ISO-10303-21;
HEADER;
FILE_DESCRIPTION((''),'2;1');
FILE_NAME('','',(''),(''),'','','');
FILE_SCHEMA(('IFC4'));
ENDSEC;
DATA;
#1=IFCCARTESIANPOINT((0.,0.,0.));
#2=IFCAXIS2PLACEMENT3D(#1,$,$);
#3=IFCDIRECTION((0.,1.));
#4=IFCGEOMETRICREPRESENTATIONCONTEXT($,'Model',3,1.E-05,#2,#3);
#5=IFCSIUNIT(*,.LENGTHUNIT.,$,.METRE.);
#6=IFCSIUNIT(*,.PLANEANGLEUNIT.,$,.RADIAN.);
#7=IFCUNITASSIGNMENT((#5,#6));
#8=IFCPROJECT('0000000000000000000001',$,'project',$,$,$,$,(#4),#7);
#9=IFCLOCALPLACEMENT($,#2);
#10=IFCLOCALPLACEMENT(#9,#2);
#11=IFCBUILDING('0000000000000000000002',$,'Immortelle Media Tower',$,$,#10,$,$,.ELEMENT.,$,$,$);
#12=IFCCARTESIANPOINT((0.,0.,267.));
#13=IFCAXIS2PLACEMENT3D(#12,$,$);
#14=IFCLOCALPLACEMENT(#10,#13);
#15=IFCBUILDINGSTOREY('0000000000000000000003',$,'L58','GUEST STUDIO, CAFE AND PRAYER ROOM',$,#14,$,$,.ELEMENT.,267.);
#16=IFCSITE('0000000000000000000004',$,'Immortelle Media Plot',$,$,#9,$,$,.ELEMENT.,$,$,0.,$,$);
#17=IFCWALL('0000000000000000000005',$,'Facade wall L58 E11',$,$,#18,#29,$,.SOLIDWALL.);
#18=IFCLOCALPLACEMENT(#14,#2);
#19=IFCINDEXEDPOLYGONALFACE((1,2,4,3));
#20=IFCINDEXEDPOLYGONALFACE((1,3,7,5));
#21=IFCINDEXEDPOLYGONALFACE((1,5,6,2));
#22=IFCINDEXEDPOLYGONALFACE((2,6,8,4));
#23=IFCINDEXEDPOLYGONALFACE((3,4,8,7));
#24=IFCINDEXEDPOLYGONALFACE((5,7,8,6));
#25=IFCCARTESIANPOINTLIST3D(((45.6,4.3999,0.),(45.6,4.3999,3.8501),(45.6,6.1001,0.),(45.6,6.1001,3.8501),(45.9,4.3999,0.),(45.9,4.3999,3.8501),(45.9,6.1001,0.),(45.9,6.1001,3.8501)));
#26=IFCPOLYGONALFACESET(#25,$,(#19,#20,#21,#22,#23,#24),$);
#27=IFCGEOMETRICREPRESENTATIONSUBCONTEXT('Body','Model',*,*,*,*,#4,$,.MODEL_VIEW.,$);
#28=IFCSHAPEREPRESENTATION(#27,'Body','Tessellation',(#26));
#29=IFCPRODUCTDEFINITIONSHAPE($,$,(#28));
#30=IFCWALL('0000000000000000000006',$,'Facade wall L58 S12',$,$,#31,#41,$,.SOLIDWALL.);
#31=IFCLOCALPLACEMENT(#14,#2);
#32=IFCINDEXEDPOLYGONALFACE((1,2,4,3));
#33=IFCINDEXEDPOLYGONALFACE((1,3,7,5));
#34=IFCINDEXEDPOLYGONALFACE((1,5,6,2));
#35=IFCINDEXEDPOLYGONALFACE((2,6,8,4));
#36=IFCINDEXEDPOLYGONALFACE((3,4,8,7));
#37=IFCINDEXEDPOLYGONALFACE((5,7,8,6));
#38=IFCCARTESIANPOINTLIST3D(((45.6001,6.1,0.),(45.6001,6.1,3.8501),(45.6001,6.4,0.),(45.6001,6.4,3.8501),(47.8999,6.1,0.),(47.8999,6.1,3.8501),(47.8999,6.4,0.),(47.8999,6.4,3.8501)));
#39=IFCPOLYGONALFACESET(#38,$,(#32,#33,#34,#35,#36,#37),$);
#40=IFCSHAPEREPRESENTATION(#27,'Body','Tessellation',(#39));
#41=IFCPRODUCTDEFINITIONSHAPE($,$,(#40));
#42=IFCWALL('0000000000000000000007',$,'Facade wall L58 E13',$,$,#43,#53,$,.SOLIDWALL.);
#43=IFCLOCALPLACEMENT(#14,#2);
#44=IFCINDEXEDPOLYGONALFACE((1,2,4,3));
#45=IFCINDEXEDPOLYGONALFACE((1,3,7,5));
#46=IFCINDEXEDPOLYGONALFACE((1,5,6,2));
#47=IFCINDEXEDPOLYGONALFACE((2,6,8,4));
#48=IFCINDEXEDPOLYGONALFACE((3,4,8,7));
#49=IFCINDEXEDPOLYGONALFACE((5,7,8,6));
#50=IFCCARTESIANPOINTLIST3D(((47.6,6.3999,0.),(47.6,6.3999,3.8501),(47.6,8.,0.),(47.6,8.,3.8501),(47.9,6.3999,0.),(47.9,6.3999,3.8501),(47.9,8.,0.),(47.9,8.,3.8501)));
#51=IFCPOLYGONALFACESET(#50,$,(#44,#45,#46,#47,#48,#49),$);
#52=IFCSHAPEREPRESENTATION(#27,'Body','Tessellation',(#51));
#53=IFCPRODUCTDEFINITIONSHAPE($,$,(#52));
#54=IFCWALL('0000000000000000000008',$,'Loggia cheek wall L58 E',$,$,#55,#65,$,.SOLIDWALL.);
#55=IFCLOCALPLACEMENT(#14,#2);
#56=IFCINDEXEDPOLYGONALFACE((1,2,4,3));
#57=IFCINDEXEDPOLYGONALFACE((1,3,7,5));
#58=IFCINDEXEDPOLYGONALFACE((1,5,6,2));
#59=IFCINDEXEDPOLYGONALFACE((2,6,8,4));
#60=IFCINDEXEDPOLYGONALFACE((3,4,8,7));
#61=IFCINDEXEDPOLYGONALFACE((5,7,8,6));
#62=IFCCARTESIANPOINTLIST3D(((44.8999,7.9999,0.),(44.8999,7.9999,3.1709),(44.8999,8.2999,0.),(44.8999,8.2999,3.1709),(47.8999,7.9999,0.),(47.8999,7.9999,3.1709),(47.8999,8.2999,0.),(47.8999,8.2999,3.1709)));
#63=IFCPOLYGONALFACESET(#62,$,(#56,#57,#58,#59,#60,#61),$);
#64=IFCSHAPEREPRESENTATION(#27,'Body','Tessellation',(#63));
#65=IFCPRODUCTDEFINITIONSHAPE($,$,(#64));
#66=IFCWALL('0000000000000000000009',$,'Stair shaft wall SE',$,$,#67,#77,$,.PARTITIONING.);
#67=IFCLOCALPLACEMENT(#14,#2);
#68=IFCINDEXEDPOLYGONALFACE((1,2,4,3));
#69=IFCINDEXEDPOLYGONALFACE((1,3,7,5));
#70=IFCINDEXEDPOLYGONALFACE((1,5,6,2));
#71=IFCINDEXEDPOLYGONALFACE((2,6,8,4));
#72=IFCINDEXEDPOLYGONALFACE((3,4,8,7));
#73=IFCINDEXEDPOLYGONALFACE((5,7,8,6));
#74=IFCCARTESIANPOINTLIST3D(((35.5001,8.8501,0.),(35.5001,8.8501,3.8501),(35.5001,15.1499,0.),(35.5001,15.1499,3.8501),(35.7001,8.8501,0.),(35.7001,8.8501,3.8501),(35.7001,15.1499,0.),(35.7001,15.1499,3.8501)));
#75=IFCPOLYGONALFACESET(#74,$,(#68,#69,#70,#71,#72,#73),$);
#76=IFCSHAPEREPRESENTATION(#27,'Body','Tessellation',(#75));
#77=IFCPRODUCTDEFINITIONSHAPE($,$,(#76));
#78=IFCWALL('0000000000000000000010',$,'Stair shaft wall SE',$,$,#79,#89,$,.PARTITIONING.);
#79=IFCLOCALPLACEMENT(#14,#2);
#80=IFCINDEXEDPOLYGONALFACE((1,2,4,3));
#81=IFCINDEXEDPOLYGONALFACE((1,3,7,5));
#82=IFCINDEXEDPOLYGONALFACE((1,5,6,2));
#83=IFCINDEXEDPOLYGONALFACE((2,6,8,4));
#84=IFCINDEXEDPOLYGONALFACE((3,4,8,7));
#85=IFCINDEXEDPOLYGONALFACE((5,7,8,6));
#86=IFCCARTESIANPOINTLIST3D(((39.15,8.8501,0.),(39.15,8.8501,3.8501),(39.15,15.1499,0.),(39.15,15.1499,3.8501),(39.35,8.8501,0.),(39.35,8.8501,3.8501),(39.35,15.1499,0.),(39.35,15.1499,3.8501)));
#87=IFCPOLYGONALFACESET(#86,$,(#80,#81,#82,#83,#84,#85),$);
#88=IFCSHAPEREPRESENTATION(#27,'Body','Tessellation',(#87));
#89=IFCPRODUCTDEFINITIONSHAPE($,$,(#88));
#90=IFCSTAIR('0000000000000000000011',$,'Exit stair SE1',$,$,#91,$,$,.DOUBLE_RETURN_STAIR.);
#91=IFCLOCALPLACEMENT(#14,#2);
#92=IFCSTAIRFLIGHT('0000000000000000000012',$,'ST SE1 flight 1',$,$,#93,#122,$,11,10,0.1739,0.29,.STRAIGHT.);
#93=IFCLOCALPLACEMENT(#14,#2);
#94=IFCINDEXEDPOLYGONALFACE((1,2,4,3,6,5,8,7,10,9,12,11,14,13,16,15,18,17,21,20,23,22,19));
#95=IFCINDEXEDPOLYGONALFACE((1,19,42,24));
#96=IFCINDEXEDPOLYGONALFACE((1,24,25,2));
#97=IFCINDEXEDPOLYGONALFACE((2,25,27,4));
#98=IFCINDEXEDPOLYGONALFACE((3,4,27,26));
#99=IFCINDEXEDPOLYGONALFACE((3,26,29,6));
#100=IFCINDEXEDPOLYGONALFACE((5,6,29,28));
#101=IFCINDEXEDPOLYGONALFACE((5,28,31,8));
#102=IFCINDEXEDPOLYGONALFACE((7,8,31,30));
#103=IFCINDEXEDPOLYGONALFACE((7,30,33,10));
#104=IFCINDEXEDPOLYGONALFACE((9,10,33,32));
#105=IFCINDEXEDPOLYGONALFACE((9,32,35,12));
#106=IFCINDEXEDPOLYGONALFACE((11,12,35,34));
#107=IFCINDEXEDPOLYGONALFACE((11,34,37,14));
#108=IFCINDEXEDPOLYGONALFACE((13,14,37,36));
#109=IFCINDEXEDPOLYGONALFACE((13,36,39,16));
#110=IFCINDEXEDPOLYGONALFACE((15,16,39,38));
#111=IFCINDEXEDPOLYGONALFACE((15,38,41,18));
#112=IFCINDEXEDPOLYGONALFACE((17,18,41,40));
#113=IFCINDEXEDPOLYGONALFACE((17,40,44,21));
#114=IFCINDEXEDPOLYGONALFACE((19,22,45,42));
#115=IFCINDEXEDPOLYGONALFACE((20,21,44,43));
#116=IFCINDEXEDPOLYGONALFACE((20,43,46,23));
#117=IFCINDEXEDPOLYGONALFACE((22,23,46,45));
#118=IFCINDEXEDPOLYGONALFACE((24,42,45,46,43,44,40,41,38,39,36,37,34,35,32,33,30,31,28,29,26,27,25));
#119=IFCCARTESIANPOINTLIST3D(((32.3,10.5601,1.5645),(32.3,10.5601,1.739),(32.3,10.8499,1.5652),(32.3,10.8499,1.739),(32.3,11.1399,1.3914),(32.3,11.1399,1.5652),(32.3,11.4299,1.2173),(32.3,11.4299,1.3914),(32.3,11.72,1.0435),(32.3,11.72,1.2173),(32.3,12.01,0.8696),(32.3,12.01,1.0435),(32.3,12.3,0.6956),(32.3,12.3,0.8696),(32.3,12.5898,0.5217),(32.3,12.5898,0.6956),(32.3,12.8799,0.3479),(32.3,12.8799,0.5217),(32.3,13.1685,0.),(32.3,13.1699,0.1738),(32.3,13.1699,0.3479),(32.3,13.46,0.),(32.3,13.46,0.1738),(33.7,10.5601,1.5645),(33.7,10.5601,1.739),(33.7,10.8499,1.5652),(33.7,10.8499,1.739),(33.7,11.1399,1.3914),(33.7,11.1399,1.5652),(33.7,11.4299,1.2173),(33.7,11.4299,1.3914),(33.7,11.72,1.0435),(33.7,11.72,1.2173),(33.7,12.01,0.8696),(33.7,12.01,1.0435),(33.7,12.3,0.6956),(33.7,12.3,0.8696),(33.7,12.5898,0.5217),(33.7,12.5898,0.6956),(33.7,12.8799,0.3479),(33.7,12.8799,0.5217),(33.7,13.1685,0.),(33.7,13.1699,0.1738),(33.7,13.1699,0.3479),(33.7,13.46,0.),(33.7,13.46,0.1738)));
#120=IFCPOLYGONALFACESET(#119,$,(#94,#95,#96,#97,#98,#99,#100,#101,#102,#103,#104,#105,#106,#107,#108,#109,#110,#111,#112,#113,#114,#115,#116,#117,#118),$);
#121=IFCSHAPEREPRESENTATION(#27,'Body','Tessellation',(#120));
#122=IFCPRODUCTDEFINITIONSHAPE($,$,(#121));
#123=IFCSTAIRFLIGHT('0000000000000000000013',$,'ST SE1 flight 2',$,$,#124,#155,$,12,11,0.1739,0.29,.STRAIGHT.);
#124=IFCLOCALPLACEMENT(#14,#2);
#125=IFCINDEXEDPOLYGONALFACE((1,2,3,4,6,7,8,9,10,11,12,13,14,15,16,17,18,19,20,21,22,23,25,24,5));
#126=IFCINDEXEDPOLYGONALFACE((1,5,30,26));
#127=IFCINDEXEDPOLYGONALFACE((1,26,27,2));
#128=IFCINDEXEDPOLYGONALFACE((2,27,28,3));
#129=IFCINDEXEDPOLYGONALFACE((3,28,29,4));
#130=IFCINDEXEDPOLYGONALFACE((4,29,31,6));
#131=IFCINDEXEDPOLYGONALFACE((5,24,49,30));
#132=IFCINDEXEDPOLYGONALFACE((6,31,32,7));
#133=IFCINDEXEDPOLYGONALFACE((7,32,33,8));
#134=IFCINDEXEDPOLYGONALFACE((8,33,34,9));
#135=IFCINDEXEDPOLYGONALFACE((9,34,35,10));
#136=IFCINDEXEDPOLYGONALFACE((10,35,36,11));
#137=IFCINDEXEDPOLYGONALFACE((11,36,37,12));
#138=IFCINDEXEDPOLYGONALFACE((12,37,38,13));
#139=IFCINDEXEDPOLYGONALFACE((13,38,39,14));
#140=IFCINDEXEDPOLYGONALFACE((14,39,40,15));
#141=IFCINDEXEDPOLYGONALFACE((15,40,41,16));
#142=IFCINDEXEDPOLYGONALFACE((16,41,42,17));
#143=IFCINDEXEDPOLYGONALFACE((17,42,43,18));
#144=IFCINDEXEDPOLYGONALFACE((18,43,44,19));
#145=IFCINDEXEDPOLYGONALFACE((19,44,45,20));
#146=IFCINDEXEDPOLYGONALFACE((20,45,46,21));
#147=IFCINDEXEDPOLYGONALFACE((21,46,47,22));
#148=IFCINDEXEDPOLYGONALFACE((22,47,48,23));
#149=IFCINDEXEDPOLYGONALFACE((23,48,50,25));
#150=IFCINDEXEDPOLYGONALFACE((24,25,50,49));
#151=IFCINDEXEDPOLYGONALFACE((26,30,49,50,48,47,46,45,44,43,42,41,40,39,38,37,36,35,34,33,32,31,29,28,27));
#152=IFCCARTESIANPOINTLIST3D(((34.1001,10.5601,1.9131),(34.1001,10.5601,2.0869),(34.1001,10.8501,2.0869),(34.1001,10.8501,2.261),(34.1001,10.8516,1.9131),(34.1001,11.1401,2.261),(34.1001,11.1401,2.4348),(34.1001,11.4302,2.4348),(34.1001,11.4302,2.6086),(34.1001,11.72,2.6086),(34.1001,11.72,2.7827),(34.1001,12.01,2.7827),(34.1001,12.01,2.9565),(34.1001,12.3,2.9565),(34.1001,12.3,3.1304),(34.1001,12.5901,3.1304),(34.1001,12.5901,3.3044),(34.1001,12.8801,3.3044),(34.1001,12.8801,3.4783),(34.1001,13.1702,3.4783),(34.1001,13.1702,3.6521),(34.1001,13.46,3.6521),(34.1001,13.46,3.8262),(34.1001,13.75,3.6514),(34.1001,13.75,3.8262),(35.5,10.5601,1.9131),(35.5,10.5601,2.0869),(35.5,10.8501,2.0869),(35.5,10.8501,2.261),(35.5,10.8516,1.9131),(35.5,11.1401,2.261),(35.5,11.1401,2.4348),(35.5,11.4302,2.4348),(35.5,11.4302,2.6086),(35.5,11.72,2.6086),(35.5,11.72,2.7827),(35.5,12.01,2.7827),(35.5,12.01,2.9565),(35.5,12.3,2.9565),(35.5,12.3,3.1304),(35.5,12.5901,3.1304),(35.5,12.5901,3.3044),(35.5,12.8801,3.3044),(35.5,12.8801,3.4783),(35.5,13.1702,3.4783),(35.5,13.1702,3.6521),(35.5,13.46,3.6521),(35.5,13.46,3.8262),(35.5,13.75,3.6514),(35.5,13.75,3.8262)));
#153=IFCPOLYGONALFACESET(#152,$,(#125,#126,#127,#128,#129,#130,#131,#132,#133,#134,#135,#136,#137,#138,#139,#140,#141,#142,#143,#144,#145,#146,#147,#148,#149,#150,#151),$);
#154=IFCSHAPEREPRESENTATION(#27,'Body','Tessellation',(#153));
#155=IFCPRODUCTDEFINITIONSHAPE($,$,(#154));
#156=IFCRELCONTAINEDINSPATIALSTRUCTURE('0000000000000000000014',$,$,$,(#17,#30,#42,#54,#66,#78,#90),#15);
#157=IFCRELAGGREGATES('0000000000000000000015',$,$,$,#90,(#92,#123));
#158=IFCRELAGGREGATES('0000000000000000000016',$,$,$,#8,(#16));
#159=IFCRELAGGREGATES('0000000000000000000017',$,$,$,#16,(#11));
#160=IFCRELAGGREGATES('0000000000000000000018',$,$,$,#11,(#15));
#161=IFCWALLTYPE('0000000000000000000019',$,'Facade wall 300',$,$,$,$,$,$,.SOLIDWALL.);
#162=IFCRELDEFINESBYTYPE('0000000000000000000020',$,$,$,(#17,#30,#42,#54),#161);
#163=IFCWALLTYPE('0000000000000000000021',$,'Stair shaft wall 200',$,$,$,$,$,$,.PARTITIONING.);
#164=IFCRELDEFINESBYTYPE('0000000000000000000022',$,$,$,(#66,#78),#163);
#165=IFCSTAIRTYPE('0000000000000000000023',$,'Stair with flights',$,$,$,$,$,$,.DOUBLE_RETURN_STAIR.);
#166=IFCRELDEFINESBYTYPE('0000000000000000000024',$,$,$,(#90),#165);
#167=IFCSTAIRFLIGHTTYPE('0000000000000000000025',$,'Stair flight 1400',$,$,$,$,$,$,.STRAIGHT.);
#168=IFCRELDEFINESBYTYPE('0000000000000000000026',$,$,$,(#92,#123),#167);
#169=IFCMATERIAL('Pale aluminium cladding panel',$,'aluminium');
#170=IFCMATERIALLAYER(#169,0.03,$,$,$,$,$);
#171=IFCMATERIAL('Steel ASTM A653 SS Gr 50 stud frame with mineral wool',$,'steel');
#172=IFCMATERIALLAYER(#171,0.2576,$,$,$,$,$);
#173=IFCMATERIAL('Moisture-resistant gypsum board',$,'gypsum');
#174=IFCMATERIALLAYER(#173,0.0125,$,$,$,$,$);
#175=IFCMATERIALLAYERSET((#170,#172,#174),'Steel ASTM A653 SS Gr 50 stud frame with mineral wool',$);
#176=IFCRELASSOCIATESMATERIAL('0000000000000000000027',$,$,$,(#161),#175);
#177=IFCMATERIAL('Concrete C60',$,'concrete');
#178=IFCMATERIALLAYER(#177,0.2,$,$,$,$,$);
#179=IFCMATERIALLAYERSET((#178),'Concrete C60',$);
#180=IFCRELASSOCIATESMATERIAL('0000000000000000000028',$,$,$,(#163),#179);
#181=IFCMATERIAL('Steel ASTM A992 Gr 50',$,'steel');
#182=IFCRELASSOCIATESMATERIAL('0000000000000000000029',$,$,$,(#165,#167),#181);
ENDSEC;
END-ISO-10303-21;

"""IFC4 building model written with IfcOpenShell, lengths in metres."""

from ifc_helpers import new_model, si_unit, direction, frame, frame_2d, origin, place, context, subcontext, project, spatial, polyline, rectangle, outline, extrude, material, layer, layer_set, type_object, element, aggregate, save


model = new_model("IFC4")

# Units and contexts
model_context = context("Model", 3, precision=1e-05, world=origin(), true_north=direction((0.0, 1.0)))
body_context = subcontext(model_context, "Body", "Model", "MODEL_VIEW")
ifc_project = project(units=[si_unit("LENGTHUNIT", "METRE"), si_unit("PLANEANGLEUNIT", "RADIAN")], contexts=[model_context])

# Site, building, storey
site_placement = place(None, origin())
site = spatial("IfcSite", under=ifc_project, at=site_placement, Name="Immortelle Media Plot", CompositionType="ELEMENT", RefElevation=0.0)
building_placement = place(site_placement, origin())
building = spatial("IfcBuilding", under=site, at=building_placement, Name="Immortelle Media Tower", CompositionType="ELEMENT")
storey_placement = place(building_placement, frame((0.0, 0.0, 267.0)))
storey = spatial("IfcBuildingStorey", under=building, at=storey_placement, Name="L58", Description="GUEST STUDIO, CAFE AND PRAYER ROOM", CompositionType="ELEMENT", Elevation=267.0)

# Shared definitions
ifc_material_1 = material(Name="Steel ASTM A992 Gr 50", Category="steel")

# Walls
ifc_material_2 = material(Name="Pale aluminium cladding panel", Category="aluminium")
ifc_layer_1 = layer(ifc_material_2, 0.03)
ifc_material_3 = material(Name="Steel ASTM A653 SS Gr 50 stud frame with mineral wool", Category="steel")
ifc_layer_2 = layer(ifc_material_3, 0.2576)
ifc_material_4 = material(Name="Moisture-resistant gypsum board", Category="gypsum")
ifc_layer_3 = layer(ifc_material_4, 0.0125)
ifc_layer_set_1 = layer_set([ifc_layer_1, ifc_layer_2, ifc_layer_3], Name="Steel ASTM A653 SS Gr 50 stud frame with mineral wool")
wall_type_1 = type_object("IfcWallType", Name="Facade wall 300", PredefinedType="SOLIDWALL", material=ifc_layer_set_1)
wall_1_placement = place(storey_placement, frame((45.75, 4.3999, 0.0), z_axis=(0.0, 0.0, 1.0), x_axis=(0.0, 1.0, 0.0)))
element("IfcWall", 1, at=wall_1_placement, inside=storey, type_object=wall_type_1, Name="Facade wall L58 E11", PredefinedType="SOLIDWALL", context=body_context, shape_type="SweptSolid", body=[
    extrude(rectangle(XDim=1.7002, YDim=0.3, at=frame_2d((0.8501, 0.0))), origin(), (0.0, 0.0, 1.0), 3.8501),
])
wall_2_placement = place(storey_placement, frame((45.6001, 6.25, 0.0), z_axis=(0.0, 0.0, 1.0), x_axis=(1.0, 0.0, 0.0)))
element("IfcWall", 2, at=wall_2_placement, inside=storey, type_object=wall_type_1, Name="Facade wall L58 S12", PredefinedType="SOLIDWALL", context=body_context, shape_type="SweptSolid", body=[
    extrude(rectangle(XDim=2.2998, YDim=0.3, at=frame_2d((1.1499, 0.0))), origin(), (0.0, 0.0, 1.0), 3.8501),
])
wall_3_placement = place(storey_placement, frame((47.75, 6.3999, 0.0), z_axis=(0.0, 0.0, 1.0), x_axis=(0.0, 1.0, 0.0)))
element("IfcWall", 3, at=wall_3_placement, inside=storey, type_object=wall_type_1, Name="Facade wall L58 E13", PredefinedType="SOLIDWALL", context=body_context, shape_type="SweptSolid", body=[
    extrude(rectangle(XDim=1.6001, YDim=0.3, at=frame_2d((0.8, 0.0))), origin(), (0.0, 0.0, 1.0), 3.8501),
])

# Walls
wall_4_placement = place(storey_placement, frame((47.8999, 8.1499, 0.0), z_axis=(0.0, 0.0, 1.0), x_axis=(-1.0, 0.0, 0.0)))
element("IfcWall", 4, at=wall_4_placement, inside=storey, type_object=wall_type_1, Name="Loggia cheek wall L58 E", PredefinedType="SOLIDWALL", context=body_context, shape_type="SweptSolid", body=[
    extrude(rectangle(XDim=3.0, YDim=0.3, at=frame_2d((1.5, 0.0))), origin(), (0.0, 0.0, 1.0), 3.1709),
])
ifc_material_5 = material(Name="Concrete C60", Category="concrete")
ifc_layer_4 = layer(ifc_material_5, 0.2)
ifc_layer_set_2 = layer_set([ifc_layer_4], Name="Concrete C60")
wall_type_2 = type_object("IfcWallType", Name="Stair shaft wall 200", PredefinedType="PARTITIONING", material=ifc_layer_set_2)
for number, where, z_axis, x_axis, name in (
    (5, (35.6001, 8.8501, 0.0), (0.0, 0.0, 1.0), (0.0, 1.0, 0.0), "Stair shaft wall SE"),
    (6, (39.25, 8.8501, 0.0), (0.0, 0.0, 1.0), (0.0, 1.0, 0.0), "Stair shaft wall SE"),
):
    element("IfcWall", number, at=place(storey_placement, frame(where, z_axis=z_axis, x_axis=x_axis)), inside=storey, type_object=wall_type_2, Name=name, PredefinedType="PARTITIONING", context=body_context, shape_type="SweptSolid", body=[
        extrude(rectangle(XDim=6.2998, YDim=0.2, at=frame_2d((3.1499, 0.0))), origin(), (0.0, 0.0, 1.0), 3.8501),
    ])

# Stair, stair flights
stair_type = type_object("IfcStairType", Name="Stair with flights", PredefinedType="DOUBLE_RETURN_STAIR", material=ifc_material_1)
stair_1_placement = place(storey_placement, origin())
stair_1 = element("IfcStair", 7, at=stair_1_placement, inside=storey, type_object=stair_type, Name="Exit stair SE1", PredefinedType="DOUBLE_RETURN_STAIR")
stair_flight_type = type_object("IfcStairFlightType", Name="Stair flight 1400", PredefinedType="STRAIGHT", material=ifc_material_1)
stair_flight_1_placement = place(storey_placement, frame((33.0, 13.46, 0.0), z_axis=(0.0, 0.0, 1.0), x_axis=(0.0, -1.0, 0.0)))
stair_flight_1 = element("IfcStairFlight", 8, at=stair_flight_1_placement, type_object=stair_flight_type, Name="ST SE1 flight 1", NumberOfRisers=11, NumberOfTreads=10, PredefinedType="STRAIGHT", RiserHeight=0.1739, TreadLength=0.29, context=body_context, shape_type="SweptSolid", body=[
    extrude(outline(polyline([(0.0, 0.0), (0.0, 0.1738), (0.29, 0.1738), (0.29, 0.3479), (0.5801, 0.3479), (0.5801, 0.5217), (0.8701, 0.5217), (0.8701, 0.6956), (1.1599, 0.6956), (1.1599, 0.8696), (1.45, 0.8696), (1.45, 1.0435), (1.74, 1.0435), (1.74, 1.2173), (2.03, 1.2173), (2.03, 1.3914), (2.3201, 1.3914), (2.3201, 1.5652), (2.6101, 1.5652), (2.6101, 1.739), (2.8999, 1.739), (2.8999, 1.9131), (2.8999, 1.5645), (0.2915, 0.0), (0.0, 0.0)])), frame((0.0, 0.7, 0.0), z_axis=(0.0, -1.0, 0.0), x_axis=(1.0, 0.0, 0.0)), (0.0, 0.0, 1.0), 1.3999),
])
stair_flight_2_placement = place(storey_placement, frame((34.8, 10.5601, 1.9131), z_axis=(0.0, 0.0, 1.0), x_axis=(0.0, 1.0, 0.0)))
stair_flight_2 = element("IfcStairFlight", 9, at=stair_flight_2_placement, type_object=stair_flight_type, Name="ST SE1 flight 2", NumberOfRisers=12, NumberOfTreads=11, PredefinedType="STRAIGHT", RiserHeight=0.1739, TreadLength=0.29, context=body_context, shape_type="SweptSolid", body=[
    extrude(outline(polyline([(0.0, 0.0), (0.0, 0.1738), (0.29, 0.1738), (0.29, 0.3479), (0.5801, 0.3479), (0.5801, 0.5217), (0.8701, 0.5217), (0.8701, 0.6956), (1.1599, 0.6956), (1.1599, 0.8696), (1.45, 0.8696), (1.45, 1.0435), (1.74, 1.0435), (1.74, 1.2173), (2.03, 1.2173), (2.03, 1.3914), (2.3201, 1.3914), (2.3201, 1.5652), (2.6101, 1.5652), (2.6101, 1.739), (2.8999, 1.739), (2.8999, 1.9131), (3.1899, 1.9131), (3.1899, 2.0869), (3.1899, 1.7383), (0.2915, 0.0), (0.0, 0.0)])), frame((0.0, 0.7, 0.0), z_axis=(0.0, -1.0, 0.0), x_axis=(1.0, 0.0, 0.0)), (0.0, 0.0, 1.0), 1.3999),
])
aggregate(stair_1, [stair_flight_1, stair_flight_2])

save(model, "model.ifc")
